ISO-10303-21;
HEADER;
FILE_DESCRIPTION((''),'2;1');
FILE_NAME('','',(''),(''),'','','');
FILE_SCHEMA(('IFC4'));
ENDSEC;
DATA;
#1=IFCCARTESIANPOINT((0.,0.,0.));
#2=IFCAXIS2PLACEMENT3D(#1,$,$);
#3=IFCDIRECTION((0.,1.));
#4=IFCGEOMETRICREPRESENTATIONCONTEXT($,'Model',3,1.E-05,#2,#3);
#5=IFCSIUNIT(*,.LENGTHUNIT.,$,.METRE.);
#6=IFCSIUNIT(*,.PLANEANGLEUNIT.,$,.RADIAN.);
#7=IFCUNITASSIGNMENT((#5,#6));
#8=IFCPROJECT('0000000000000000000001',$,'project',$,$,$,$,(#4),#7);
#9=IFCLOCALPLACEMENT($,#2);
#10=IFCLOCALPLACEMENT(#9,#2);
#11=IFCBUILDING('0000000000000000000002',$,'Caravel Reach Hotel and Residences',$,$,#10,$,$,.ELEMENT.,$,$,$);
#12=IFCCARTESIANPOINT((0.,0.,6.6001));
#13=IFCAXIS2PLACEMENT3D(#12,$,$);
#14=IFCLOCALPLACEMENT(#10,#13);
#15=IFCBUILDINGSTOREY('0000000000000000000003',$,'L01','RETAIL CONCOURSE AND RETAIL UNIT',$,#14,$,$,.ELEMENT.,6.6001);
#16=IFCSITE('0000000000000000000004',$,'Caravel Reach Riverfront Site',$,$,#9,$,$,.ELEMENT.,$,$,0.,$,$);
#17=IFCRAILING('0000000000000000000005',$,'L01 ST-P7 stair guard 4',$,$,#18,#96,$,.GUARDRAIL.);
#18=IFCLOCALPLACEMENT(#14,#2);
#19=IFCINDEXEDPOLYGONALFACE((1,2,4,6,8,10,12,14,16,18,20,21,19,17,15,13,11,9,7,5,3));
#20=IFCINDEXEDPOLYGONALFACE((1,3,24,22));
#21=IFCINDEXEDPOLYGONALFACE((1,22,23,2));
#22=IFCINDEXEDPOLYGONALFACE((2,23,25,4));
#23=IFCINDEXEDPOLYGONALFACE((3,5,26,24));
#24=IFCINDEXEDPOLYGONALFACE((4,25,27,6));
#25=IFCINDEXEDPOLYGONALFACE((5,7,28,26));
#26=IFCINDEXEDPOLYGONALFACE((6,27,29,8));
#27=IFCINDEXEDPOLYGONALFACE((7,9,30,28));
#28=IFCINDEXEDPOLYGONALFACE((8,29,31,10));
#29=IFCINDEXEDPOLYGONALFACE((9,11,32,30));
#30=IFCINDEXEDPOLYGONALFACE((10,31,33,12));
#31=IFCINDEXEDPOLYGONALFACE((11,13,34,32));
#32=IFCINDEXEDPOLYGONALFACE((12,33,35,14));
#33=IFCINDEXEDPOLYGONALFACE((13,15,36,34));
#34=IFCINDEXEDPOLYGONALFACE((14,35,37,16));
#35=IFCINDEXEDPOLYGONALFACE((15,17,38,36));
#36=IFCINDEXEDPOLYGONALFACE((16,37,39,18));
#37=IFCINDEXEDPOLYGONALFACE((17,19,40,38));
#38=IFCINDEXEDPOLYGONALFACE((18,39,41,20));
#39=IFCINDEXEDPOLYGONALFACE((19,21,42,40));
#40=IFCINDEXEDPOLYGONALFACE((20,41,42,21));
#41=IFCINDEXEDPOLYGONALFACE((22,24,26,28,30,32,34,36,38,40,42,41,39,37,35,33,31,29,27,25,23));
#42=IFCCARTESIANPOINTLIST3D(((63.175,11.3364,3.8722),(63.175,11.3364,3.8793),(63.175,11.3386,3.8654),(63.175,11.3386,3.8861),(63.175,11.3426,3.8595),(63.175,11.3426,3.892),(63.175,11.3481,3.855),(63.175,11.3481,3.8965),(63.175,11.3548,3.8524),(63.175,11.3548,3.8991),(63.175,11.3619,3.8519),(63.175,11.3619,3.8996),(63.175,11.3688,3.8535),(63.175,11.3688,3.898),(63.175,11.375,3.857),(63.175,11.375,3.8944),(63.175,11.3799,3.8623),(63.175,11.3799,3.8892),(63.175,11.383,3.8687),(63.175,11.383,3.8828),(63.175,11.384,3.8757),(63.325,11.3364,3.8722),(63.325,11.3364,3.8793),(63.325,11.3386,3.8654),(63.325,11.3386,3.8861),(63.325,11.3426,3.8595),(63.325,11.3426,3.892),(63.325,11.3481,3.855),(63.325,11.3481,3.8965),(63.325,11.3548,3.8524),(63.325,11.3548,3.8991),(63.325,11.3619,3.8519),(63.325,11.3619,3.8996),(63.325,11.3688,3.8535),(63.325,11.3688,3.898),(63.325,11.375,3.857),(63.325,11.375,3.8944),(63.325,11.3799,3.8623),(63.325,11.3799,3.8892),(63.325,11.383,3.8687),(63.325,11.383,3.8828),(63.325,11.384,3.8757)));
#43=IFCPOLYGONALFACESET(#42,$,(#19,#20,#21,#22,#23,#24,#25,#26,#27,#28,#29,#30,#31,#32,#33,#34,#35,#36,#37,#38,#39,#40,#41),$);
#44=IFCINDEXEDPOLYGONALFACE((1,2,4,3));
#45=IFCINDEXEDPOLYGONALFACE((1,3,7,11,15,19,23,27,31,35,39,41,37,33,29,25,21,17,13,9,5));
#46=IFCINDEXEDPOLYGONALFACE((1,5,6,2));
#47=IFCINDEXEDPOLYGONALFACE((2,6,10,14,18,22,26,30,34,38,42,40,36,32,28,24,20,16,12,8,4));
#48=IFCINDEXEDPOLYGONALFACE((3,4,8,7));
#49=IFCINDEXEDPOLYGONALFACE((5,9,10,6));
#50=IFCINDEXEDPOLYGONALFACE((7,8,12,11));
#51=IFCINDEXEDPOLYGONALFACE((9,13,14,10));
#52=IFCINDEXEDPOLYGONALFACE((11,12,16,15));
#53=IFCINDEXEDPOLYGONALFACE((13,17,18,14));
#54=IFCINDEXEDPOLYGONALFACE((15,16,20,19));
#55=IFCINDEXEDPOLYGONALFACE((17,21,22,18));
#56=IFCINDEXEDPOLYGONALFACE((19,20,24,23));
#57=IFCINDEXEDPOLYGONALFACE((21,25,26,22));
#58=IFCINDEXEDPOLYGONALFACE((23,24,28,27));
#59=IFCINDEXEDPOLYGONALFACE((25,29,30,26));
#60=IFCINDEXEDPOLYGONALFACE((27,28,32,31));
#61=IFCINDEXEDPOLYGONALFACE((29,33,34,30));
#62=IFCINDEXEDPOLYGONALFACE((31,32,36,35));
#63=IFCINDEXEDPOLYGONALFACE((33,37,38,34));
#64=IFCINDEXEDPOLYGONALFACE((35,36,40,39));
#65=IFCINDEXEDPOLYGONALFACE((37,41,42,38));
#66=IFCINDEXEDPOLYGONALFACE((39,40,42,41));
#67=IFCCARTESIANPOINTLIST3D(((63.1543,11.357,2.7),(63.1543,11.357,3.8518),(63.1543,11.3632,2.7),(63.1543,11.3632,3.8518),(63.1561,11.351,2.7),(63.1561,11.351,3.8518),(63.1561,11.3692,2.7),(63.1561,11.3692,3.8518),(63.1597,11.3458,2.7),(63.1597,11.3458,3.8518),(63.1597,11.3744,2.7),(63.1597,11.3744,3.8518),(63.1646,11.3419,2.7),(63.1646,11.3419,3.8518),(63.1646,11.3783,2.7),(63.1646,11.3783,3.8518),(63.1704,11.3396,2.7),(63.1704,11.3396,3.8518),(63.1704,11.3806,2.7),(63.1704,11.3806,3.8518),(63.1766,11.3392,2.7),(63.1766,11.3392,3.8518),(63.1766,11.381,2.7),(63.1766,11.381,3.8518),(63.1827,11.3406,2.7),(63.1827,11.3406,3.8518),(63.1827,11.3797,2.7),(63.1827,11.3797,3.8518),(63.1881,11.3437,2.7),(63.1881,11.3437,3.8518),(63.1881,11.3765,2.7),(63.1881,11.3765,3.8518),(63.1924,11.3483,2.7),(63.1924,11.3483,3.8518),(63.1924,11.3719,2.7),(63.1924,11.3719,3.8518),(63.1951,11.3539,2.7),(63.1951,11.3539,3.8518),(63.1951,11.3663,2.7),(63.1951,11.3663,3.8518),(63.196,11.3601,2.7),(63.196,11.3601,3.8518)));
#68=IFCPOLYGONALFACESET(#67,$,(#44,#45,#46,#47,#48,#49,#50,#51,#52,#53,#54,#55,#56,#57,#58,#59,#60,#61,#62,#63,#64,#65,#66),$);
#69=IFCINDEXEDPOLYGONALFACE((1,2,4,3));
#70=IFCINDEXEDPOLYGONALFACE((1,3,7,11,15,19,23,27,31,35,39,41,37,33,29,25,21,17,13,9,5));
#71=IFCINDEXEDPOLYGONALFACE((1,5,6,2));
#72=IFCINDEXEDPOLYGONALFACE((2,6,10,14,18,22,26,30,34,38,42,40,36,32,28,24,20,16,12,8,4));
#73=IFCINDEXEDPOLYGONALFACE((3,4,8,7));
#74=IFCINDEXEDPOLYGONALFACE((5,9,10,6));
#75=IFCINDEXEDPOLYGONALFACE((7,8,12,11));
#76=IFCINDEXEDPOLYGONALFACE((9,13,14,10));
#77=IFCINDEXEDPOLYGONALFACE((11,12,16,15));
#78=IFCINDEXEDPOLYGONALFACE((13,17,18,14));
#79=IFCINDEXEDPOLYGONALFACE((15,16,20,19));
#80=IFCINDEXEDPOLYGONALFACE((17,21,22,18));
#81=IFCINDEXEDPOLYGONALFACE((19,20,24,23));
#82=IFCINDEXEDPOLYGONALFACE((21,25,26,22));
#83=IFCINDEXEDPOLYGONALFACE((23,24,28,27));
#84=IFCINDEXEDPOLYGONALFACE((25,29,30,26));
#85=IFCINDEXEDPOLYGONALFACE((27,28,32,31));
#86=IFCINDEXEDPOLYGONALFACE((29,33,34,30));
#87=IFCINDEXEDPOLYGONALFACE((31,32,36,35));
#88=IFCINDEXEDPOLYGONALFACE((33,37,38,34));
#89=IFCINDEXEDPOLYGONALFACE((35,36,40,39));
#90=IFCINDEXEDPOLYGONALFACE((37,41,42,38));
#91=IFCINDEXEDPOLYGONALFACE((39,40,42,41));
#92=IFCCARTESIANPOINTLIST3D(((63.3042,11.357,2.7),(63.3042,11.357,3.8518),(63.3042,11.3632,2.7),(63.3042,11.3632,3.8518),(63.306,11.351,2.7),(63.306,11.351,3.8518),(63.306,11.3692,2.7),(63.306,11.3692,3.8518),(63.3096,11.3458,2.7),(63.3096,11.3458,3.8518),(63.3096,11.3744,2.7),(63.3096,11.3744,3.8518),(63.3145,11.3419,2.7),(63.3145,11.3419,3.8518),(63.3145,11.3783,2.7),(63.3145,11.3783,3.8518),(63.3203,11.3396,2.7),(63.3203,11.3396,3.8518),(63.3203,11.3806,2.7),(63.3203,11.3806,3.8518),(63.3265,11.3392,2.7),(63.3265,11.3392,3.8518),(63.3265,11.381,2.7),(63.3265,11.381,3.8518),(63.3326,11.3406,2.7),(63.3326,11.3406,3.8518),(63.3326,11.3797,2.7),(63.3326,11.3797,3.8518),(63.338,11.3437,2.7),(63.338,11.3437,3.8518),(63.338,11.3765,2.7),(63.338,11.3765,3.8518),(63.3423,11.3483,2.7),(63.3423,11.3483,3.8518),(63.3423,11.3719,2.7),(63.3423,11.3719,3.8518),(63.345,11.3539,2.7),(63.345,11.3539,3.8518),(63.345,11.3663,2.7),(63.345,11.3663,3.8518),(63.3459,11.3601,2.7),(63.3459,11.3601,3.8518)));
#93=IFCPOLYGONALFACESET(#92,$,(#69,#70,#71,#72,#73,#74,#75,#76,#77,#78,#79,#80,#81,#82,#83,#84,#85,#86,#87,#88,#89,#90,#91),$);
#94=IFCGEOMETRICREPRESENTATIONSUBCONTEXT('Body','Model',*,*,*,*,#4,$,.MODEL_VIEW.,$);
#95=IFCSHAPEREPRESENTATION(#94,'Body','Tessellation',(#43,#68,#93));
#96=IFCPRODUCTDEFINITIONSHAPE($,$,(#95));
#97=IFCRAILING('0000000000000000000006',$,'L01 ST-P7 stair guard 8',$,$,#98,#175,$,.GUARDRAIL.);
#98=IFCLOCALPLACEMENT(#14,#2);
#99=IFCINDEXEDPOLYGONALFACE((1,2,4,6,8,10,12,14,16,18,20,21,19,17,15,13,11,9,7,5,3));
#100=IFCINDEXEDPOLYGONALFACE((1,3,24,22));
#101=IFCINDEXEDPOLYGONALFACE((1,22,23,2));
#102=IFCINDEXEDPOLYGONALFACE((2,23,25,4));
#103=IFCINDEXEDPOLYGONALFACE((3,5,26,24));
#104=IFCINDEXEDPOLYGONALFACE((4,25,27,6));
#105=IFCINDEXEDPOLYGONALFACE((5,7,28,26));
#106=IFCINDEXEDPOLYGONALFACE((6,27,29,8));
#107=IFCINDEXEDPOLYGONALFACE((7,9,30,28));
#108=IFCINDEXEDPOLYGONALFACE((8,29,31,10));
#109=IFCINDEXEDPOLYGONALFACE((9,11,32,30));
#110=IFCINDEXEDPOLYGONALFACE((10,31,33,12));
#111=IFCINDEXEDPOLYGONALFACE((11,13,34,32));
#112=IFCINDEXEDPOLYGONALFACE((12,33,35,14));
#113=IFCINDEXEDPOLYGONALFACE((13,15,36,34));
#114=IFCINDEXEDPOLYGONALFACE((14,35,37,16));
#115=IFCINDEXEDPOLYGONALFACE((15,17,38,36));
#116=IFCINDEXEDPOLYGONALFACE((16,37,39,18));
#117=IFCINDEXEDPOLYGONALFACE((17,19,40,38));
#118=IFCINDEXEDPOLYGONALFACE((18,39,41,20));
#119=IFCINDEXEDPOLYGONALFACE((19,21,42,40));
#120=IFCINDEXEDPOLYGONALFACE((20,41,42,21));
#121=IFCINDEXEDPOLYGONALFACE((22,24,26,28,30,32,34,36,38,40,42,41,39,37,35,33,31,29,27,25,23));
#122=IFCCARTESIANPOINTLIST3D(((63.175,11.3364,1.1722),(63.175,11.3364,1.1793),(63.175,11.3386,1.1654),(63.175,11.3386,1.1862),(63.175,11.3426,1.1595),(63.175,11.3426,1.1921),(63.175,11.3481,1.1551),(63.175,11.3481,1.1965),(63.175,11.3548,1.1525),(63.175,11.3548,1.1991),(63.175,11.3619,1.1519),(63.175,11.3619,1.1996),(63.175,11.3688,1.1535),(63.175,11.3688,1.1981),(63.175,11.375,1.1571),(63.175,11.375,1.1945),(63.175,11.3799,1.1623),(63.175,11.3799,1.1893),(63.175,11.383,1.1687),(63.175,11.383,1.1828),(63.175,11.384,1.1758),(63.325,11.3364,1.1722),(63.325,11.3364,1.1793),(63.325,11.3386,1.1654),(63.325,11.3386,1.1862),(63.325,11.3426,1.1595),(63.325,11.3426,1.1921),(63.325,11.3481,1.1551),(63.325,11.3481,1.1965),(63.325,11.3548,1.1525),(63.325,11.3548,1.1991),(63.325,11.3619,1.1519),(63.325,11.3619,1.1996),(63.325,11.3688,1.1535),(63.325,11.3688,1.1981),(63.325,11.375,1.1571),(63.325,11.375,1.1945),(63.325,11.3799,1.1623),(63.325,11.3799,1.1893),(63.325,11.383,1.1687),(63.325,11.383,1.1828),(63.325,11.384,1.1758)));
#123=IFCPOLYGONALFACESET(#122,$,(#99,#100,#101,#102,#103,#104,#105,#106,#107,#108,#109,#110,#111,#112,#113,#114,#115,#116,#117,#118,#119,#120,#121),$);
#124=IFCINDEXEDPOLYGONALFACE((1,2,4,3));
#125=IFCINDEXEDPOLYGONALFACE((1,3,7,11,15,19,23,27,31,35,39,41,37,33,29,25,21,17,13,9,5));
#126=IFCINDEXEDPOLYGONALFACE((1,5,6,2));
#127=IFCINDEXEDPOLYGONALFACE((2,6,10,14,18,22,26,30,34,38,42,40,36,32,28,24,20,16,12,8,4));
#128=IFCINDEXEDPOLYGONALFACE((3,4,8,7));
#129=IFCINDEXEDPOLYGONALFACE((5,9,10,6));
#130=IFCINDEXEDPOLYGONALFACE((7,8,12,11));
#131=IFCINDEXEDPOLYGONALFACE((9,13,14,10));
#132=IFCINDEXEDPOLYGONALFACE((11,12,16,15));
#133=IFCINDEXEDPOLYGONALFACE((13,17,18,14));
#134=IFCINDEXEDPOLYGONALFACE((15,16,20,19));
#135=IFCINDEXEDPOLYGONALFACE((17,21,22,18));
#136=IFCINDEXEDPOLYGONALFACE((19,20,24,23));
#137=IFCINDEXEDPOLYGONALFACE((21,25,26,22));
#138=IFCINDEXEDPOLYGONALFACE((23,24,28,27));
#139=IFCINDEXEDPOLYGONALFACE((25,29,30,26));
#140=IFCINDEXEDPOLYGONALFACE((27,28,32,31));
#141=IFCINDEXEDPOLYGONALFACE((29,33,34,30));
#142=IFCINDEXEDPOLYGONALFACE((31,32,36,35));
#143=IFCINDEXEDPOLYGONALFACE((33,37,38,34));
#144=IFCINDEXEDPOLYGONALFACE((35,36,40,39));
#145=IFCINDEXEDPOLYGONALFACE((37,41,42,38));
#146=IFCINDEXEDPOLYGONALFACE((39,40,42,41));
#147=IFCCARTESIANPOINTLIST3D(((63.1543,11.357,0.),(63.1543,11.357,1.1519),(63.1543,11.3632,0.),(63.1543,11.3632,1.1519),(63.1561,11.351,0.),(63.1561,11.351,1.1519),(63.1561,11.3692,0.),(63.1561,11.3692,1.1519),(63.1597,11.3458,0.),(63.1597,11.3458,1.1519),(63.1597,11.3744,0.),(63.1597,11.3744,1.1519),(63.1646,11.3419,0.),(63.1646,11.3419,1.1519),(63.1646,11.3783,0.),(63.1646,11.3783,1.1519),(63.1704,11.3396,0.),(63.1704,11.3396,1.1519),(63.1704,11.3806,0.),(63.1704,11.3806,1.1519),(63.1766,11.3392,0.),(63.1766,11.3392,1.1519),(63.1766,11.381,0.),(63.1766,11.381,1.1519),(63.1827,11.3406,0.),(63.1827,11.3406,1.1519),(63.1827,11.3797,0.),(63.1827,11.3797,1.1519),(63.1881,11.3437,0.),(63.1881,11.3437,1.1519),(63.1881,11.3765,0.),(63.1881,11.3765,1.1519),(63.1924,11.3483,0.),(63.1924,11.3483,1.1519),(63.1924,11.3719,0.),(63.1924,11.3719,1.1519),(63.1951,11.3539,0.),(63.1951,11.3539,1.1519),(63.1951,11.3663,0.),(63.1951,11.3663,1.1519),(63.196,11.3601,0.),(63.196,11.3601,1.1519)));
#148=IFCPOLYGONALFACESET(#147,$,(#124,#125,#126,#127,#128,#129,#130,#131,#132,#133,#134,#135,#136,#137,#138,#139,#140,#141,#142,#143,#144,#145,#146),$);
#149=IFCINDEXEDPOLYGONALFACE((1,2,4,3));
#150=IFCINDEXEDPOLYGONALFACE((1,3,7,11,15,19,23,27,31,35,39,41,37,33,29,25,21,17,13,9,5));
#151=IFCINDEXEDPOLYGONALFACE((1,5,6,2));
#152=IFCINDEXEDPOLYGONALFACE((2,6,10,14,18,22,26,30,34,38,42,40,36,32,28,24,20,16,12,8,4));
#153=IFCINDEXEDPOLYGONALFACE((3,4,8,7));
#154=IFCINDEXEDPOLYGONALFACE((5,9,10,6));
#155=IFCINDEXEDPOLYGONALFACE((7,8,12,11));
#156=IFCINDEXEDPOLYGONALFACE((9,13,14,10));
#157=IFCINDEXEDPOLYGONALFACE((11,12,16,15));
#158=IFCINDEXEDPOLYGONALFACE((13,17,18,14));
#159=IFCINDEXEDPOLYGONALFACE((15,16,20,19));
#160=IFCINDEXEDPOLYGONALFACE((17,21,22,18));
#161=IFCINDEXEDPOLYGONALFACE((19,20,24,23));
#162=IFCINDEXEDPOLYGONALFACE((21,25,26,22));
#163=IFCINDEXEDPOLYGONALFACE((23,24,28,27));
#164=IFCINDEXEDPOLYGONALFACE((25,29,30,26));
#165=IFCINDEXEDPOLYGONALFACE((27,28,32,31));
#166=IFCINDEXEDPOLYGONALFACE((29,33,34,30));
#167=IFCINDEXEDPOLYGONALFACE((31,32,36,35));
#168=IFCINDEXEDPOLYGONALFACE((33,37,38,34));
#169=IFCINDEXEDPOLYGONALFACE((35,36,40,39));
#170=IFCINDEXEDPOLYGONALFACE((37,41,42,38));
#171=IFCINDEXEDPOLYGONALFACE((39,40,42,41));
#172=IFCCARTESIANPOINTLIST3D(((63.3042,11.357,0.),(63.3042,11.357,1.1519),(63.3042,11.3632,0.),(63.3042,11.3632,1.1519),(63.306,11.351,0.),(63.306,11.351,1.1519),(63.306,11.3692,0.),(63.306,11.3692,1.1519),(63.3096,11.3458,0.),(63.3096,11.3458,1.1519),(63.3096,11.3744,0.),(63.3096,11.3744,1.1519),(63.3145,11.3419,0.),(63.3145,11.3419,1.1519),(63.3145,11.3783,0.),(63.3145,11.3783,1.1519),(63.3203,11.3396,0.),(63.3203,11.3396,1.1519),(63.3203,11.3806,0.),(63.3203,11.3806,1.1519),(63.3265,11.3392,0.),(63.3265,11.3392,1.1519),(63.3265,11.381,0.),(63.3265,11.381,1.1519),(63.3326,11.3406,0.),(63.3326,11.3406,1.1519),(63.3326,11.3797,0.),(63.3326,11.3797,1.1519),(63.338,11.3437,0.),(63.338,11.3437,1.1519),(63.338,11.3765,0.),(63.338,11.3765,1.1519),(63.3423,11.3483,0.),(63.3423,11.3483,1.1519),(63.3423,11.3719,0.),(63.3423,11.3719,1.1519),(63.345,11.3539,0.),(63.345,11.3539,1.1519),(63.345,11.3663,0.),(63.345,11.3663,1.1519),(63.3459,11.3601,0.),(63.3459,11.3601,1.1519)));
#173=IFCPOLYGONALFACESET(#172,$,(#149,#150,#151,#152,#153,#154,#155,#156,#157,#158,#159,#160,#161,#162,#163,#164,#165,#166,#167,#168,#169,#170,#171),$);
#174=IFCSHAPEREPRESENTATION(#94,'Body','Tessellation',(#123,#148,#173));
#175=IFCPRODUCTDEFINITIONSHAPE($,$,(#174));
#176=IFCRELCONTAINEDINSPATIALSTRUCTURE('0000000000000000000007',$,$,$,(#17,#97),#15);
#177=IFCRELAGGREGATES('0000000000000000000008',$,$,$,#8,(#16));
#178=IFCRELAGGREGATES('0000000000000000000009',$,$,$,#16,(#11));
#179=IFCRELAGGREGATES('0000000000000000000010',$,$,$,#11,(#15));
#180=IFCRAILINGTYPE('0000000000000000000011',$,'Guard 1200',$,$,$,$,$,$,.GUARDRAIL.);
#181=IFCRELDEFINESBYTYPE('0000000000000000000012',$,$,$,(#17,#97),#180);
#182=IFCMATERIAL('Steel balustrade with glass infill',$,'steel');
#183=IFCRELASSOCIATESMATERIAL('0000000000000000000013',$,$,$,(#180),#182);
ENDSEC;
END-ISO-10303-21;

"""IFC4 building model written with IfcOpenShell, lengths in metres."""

from ifc_helpers import new_model, si_unit, direction, frame, origin, origin_2d, place, context, subcontext, project, spatial, circle, extrude, material, type_object, element, save


model = new_model("IFC4")

# Units and contexts
model_context = context("Model", 3, precision=1e-05, world=origin(), true_north=direction((0.0, 1.0)))
body_context = subcontext(model_context, "Body", "Model", "MODEL_VIEW")
ifc_project = project(units=[si_unit("LENGTHUNIT", "METRE"), si_unit("PLANEANGLEUNIT", "RADIAN")], contexts=[model_context])

# Site, building, storey
site_placement = place(None, origin())
site = spatial("IfcSite", under=ifc_project, at=site_placement, Name="Caravel Reach Riverfront Site", CompositionType="ELEMENT", RefElevation=0.0)
building_placement = place(site_placement, origin())
building = spatial("IfcBuilding", under=site, at=building_placement, Name="Caravel Reach Hotel and Residences", CompositionType="ELEMENT")
storey_placement = place(building_placement, frame((0.0, 0.0, 6.6001)))
storey = spatial("IfcBuildingStorey", under=building, at=storey_placement, Name="L01", Description="RETAIL CONCOURSE AND RETAIL UNIT", CompositionType="ELEMENT", Elevation=6.6001)

# Railings
ifc_material_1 = material(Name="Steel balustrade with glass infill", Category="steel")
railing_type_1 = type_object("IfcRailingType", Name="Guard 1200", PredefinedType="GUARDRAIL", material=ifc_material_1)
for number, where, name in (
    (1, (63.175, 11.3601, 2.7), "L01 ST-P7 stair guard 4"),
    (2, (63.175, 11.3601, 0.0), "L01 ST-P7 stair guard 8"),
):
    element("IfcRailing", number, at=place(storey_placement, frame(where)), inside=storey, type_object=railing_type_1, Name=name, PredefinedType="GUARDRAIL", context=body_context, shape_type="SweptSolid", body=[
        extrude(circle(Radius=0.0239, at=origin_2d()), frame((0.0, 0.0, 1.1758), z_axis=(1.0, 0.0, 0.0), x_axis=(0.0, 1.0, 0.0)), (0.0, 0.0, 1.0), 0.1499),
        extrude(circle(Radius=0.021, at=origin_2d()), origin(), (0.0, 0.0, 1.0), 1.1519),
        extrude(circle(Radius=0.021, at=origin_2d()), frame((0.1499, 0.0, 0.0)), (0.0, 0.0, 1.0), 1.1519),
    ])

save(model, "model.ifc")
